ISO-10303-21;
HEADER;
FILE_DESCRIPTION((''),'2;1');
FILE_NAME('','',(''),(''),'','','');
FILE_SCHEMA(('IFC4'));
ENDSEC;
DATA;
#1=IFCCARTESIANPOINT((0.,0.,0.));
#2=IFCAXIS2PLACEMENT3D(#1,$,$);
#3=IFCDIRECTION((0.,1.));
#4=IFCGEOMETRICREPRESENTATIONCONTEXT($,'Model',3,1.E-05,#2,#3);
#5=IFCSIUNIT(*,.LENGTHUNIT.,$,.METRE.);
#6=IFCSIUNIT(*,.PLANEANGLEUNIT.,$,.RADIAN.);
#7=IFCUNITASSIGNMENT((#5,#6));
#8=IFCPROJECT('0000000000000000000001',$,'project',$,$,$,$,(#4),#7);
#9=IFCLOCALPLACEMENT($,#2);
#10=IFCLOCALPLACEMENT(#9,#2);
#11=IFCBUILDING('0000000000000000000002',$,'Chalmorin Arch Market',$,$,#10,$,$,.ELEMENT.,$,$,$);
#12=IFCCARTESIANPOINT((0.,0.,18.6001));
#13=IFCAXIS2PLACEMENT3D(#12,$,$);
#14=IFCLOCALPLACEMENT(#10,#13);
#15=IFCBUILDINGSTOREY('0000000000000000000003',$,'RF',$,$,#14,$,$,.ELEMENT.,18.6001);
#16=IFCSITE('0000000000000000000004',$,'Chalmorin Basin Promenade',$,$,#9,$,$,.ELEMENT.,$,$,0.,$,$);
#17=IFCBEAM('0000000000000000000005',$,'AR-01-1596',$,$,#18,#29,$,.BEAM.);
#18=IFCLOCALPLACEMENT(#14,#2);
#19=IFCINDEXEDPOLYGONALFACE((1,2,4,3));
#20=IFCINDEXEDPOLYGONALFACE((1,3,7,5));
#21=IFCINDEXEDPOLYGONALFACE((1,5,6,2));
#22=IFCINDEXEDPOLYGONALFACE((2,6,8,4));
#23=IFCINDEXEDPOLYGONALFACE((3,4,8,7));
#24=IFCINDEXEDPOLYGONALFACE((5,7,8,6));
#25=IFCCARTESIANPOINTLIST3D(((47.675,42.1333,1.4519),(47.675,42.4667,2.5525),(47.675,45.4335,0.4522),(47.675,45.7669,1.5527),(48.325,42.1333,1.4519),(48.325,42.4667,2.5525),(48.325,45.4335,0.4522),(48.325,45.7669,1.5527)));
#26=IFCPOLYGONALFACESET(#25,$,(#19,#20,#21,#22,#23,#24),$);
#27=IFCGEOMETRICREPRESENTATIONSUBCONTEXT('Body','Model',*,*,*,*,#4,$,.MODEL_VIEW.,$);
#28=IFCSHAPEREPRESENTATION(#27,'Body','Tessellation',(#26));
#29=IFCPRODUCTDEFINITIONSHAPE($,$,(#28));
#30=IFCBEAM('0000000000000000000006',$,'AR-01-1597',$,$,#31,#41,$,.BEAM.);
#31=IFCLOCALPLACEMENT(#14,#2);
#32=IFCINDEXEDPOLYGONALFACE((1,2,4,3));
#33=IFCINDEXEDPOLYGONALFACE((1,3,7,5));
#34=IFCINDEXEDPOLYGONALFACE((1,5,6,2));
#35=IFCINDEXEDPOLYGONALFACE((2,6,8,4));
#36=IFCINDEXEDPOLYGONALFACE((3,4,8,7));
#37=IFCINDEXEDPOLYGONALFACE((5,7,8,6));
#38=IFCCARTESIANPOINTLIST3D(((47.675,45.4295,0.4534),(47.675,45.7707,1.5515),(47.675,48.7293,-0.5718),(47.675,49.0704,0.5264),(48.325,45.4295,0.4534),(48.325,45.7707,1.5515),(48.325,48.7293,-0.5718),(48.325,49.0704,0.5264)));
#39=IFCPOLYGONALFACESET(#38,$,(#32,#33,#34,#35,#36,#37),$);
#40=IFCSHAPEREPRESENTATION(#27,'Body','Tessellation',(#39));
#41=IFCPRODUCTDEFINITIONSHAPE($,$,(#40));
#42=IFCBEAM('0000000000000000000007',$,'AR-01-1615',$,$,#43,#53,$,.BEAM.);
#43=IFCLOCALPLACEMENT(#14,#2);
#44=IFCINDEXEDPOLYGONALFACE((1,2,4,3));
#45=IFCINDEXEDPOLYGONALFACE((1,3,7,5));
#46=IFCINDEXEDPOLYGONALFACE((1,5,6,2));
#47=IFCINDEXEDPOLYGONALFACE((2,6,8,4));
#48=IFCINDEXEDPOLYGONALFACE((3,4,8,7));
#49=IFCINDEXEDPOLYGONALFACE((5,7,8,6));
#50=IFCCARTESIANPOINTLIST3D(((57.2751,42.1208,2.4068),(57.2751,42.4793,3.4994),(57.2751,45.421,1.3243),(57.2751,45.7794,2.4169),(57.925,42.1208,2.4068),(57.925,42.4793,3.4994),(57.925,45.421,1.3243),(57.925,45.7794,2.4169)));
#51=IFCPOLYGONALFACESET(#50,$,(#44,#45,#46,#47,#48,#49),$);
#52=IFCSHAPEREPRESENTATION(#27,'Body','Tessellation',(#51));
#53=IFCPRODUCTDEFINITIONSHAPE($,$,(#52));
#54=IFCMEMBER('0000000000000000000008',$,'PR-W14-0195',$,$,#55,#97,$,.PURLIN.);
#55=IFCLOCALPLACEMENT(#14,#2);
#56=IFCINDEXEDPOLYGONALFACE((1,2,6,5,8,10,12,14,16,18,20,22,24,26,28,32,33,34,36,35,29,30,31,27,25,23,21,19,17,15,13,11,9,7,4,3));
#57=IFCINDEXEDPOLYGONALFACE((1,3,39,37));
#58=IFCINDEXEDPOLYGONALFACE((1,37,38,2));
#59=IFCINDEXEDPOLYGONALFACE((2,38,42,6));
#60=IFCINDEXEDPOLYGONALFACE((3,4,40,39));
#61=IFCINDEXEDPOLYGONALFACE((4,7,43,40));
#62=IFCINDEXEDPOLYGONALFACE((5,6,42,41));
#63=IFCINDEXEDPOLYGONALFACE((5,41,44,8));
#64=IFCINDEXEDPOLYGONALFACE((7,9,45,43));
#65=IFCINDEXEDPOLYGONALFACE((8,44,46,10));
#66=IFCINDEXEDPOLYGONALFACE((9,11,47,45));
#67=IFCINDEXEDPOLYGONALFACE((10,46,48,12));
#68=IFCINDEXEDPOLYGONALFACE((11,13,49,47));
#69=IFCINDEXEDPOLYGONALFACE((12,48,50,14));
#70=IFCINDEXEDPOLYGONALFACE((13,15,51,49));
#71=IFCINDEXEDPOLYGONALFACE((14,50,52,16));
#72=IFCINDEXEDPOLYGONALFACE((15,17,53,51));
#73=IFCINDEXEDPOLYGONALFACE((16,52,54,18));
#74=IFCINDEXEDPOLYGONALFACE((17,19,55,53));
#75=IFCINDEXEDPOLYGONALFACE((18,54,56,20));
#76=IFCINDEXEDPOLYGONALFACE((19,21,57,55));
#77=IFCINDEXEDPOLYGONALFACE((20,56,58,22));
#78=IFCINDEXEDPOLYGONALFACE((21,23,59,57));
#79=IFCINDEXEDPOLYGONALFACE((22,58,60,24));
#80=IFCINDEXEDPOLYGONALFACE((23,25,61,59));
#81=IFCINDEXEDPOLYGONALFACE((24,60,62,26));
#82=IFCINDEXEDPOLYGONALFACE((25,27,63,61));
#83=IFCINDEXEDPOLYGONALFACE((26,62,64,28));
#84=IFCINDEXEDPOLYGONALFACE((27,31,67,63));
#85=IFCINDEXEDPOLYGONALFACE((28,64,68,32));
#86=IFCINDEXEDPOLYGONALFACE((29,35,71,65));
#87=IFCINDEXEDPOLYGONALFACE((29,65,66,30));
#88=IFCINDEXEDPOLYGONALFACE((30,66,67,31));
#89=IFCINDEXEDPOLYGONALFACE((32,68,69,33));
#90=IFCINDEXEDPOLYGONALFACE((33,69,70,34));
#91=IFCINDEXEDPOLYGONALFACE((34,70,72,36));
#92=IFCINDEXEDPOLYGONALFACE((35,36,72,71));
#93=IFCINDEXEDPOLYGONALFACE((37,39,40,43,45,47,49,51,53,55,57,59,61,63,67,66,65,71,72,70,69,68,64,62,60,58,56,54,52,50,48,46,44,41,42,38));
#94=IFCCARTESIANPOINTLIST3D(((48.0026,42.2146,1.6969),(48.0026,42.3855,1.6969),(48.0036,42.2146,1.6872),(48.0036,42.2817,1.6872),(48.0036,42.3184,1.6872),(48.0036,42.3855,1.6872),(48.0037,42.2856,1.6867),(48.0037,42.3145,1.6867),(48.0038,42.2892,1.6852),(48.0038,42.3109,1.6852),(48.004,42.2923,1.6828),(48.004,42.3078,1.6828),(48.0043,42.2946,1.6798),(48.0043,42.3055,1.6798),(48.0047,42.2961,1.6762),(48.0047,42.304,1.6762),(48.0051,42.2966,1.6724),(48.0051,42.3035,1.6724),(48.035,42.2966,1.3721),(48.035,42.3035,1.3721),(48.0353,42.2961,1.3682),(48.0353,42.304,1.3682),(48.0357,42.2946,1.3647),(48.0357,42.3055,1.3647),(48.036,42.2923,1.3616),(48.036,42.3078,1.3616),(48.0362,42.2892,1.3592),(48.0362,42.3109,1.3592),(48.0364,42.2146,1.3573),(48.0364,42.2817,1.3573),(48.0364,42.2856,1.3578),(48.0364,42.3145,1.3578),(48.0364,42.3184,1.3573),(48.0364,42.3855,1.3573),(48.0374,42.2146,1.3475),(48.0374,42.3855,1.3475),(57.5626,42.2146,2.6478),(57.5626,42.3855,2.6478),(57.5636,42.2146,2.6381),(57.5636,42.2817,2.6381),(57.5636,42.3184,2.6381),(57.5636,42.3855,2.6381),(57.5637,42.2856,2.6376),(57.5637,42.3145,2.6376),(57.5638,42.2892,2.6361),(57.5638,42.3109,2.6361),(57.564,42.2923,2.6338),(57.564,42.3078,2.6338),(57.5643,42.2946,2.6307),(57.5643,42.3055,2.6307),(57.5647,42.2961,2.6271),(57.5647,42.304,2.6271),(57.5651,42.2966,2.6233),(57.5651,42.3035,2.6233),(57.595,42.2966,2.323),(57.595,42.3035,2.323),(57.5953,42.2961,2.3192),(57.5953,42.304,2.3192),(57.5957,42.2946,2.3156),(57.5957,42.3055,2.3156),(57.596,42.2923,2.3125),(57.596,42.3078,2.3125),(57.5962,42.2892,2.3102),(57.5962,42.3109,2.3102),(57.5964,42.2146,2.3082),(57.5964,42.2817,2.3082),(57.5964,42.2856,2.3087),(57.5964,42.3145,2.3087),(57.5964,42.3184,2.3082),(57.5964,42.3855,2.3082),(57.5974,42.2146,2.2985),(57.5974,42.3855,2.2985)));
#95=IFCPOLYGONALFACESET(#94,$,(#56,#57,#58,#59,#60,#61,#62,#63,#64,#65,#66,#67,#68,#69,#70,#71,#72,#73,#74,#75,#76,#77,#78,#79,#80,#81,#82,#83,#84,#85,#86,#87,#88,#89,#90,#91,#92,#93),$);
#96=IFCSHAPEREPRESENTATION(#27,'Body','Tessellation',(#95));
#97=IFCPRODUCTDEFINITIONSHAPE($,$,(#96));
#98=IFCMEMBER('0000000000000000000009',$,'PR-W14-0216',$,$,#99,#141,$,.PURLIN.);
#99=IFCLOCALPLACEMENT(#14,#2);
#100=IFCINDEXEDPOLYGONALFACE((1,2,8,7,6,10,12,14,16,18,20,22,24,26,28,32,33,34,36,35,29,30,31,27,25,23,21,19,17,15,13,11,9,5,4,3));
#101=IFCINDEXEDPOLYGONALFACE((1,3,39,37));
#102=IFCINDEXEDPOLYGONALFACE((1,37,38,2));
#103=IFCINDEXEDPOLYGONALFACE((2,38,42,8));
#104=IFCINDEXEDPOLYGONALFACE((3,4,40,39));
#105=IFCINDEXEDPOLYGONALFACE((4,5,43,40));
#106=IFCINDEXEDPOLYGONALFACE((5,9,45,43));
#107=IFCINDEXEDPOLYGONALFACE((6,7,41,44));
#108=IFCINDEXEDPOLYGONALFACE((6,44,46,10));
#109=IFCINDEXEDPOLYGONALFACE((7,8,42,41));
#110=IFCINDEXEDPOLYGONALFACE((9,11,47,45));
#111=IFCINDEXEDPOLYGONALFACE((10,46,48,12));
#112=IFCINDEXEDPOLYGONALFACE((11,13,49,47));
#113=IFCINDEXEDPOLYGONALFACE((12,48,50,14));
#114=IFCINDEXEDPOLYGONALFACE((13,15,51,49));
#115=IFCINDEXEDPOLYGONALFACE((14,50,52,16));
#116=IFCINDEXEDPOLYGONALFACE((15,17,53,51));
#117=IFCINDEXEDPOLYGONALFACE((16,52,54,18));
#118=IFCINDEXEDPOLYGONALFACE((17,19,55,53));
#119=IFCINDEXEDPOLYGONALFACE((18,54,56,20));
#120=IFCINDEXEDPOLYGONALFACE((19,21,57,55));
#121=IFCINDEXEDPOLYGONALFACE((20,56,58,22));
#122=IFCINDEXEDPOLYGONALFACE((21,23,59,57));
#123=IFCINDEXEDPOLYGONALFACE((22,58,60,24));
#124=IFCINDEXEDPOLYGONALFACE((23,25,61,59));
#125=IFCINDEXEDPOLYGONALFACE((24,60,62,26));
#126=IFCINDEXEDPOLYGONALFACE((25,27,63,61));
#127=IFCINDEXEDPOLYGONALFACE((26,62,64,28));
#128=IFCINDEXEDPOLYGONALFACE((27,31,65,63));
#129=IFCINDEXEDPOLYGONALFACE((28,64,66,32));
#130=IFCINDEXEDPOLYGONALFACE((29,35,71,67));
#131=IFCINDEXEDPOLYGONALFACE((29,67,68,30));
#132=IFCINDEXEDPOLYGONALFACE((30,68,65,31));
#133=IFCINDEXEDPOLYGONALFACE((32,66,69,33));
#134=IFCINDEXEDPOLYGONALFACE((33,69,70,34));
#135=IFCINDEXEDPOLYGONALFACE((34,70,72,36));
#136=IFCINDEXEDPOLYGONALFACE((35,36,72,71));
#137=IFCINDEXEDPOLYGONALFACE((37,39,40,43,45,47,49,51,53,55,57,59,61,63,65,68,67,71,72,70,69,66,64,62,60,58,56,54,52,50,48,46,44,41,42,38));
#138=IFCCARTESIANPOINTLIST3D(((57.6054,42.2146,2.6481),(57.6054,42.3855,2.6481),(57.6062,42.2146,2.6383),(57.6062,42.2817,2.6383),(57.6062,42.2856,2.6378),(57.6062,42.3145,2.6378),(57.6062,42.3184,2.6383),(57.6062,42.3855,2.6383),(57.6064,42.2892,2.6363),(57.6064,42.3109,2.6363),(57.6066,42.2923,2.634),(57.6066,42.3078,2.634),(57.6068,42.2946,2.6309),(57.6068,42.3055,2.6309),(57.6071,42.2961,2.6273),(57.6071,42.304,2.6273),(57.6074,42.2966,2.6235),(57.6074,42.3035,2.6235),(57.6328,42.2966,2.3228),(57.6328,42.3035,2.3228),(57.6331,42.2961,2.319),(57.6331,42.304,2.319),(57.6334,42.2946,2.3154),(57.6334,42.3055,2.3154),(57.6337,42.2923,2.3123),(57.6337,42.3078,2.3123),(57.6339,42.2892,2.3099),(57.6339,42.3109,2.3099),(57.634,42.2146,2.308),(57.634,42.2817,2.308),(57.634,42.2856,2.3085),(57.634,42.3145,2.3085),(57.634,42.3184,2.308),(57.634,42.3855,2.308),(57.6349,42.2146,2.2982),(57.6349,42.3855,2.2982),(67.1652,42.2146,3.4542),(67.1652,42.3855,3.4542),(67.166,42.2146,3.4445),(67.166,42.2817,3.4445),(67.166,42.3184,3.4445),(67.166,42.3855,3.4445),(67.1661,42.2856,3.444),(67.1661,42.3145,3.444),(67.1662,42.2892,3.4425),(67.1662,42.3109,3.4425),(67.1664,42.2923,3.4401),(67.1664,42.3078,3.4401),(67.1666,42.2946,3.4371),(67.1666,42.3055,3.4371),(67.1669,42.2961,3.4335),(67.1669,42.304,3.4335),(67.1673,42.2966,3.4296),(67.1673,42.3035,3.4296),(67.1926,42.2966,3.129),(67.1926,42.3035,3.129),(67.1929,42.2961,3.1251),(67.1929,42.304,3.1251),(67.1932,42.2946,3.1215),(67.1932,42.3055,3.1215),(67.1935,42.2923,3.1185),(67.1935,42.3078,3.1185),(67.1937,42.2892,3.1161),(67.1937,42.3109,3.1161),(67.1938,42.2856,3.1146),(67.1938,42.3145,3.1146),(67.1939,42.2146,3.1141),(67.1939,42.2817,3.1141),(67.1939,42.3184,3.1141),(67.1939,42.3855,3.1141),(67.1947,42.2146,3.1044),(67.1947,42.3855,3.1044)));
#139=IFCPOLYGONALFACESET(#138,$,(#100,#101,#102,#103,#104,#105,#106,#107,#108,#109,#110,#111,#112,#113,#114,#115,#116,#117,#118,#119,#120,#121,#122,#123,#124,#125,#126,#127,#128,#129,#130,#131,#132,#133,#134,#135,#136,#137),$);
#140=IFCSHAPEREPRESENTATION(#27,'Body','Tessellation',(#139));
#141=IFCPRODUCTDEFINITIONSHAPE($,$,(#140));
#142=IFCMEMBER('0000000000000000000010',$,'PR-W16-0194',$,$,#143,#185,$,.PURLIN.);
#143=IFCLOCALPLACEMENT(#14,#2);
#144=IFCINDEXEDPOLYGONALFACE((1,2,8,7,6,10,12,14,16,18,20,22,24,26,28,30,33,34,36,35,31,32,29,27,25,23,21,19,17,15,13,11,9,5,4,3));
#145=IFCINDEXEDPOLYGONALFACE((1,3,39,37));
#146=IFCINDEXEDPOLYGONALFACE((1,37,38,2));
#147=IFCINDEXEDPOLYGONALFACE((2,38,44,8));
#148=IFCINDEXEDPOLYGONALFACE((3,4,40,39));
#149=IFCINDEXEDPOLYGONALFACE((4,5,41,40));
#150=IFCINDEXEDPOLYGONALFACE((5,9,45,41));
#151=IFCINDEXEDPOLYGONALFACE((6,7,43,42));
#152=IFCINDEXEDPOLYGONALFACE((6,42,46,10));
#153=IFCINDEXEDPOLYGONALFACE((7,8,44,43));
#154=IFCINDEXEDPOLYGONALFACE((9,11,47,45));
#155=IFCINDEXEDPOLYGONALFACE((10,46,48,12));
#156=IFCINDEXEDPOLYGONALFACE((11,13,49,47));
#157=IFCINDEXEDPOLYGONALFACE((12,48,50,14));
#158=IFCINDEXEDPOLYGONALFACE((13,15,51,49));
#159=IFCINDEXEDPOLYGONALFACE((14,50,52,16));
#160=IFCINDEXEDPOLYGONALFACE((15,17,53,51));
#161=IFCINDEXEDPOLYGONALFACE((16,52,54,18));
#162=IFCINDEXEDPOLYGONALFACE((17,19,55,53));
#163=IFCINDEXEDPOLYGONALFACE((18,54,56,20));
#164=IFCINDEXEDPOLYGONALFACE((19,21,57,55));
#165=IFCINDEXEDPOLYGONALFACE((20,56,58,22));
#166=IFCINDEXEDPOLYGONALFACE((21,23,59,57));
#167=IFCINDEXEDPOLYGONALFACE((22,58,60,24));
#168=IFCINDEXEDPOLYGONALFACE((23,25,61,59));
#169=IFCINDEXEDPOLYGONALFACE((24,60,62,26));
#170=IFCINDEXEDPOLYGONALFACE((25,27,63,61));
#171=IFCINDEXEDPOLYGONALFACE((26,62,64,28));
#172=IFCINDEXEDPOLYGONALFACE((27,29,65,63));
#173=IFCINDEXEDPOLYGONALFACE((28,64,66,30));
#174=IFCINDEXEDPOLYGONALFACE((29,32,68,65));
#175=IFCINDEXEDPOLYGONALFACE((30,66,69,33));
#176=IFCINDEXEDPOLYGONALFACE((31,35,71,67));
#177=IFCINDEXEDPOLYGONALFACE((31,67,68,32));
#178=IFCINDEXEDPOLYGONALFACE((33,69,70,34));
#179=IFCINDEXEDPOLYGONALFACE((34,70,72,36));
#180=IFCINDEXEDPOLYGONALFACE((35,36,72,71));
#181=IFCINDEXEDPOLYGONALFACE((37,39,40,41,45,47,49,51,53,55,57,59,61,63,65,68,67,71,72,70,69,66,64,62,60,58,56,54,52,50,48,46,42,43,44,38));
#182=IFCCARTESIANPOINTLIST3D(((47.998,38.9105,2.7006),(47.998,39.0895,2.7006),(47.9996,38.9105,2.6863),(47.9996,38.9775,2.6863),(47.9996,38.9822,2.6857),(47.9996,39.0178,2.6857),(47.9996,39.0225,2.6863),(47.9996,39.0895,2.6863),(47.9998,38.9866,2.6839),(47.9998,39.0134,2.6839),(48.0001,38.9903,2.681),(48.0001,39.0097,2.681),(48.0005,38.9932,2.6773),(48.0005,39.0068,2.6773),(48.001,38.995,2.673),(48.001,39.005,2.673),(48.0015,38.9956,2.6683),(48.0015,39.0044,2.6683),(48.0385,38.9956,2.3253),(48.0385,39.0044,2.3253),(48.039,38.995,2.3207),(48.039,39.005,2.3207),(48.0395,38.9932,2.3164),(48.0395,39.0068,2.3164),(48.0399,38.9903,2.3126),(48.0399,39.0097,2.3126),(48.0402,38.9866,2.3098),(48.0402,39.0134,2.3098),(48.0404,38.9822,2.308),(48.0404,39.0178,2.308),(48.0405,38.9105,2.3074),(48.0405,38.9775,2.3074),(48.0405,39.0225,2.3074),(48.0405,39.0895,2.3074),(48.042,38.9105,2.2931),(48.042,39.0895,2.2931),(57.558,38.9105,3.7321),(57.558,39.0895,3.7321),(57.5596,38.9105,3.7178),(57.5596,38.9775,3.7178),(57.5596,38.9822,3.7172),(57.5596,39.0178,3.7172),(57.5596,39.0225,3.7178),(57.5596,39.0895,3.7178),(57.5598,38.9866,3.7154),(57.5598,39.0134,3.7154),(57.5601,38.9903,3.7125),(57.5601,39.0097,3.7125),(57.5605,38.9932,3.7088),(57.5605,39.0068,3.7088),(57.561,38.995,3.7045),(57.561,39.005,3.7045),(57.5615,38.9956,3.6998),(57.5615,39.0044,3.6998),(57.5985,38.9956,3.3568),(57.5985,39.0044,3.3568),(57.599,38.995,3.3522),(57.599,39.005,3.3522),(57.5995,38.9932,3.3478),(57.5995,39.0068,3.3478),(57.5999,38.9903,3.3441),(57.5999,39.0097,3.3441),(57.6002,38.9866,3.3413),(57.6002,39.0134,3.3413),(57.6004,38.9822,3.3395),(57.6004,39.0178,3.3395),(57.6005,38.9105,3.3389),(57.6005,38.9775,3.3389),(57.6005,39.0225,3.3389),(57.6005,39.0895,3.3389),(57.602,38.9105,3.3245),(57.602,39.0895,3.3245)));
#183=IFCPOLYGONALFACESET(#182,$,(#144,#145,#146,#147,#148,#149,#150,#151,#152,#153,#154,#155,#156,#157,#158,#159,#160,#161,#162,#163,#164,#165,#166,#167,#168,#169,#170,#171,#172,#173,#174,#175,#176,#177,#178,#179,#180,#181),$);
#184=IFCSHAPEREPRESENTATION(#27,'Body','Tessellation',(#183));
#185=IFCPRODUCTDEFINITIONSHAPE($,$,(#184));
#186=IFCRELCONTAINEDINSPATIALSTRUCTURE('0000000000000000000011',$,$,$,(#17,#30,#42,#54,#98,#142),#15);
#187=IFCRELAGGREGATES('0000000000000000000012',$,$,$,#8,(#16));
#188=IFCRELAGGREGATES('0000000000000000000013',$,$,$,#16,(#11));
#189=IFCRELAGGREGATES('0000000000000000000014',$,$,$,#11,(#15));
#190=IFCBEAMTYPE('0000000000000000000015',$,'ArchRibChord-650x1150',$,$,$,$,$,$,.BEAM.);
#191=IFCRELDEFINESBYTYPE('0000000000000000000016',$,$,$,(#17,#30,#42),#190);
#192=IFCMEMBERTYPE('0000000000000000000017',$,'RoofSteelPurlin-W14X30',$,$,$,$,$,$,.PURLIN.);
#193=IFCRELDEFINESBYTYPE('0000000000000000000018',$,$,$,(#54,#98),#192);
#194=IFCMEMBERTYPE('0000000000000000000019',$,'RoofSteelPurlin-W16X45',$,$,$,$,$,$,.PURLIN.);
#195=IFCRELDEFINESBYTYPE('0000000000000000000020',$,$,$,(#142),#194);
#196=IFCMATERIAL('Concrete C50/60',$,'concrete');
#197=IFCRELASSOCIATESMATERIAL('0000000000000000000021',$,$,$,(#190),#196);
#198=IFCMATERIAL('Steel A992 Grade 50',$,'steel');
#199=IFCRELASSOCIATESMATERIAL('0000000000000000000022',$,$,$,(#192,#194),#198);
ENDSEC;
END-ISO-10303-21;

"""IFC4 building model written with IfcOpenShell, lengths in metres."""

from ifc_helpers import new_model, si_unit, direction, frame, origin, origin_2d, place, context, subcontext, project, spatial, rectangle, i_section, extrude, material, material_profile, profile_set, type_object, element, save


model = new_model("IFC4")

# Units and contexts
model_context = context("Model", 3, precision=1e-05, world=origin(), true_north=direction((0.0, 1.0)))
body_context = subcontext(model_context, "Body", "Model", "MODEL_VIEW")
ifc_project = project(units=[si_unit("LENGTHUNIT", "METRE"), si_unit("PLANEANGLEUNIT", "RADIAN")], contexts=[model_context])

# Site, building, storey
site_placement = place(None, origin())
site = spatial("IfcSite", under=ifc_project, at=site_placement, Name="Chalmorin Basin Promenade", CompositionType="ELEMENT", RefElevation=0.0)
building_placement = place(site_placement, origin())
building = spatial("IfcBuilding", under=site, at=building_placement, Name="Chalmorin Arch Market", CompositionType="ELEMENT")
storey_placement = place(building_placement, frame((0.0, 0.0, 18.6001)))
storey = spatial("IfcBuildingStorey", under=building, at=storey_placement, Name="RF", CompositionType="ELEMENT", Elevation=18.6001)

# Beams
ifc_material_1 = material(Name="Concrete C50/60", Category="concrete")
ifc_material_profile_1 = material_profile(ifc_material_1, rectangle(XDim=0.6499, YDim=1.1499, at=origin_2d()), Name="RC650X1150")
ifc_profile_set_1 = profile_set([ifc_material_profile_1], Name="Concrete C50/60")
beam_type = type_object("IfcBeamType", Name="ArchRibChord-650x1150", PredefinedType="BEAM", material=ifc_profile_set_1)
beam_1_placement = place(storey_placement, frame((48.0, 42.3, 2.0022), z_axis=(0.0, 0.957045, -0.289939), x_axis=(-1.0, 0.0, 0.0)))
element("IfcBeam", 1, at=beam_1_placement, inside=storey, type_object=beam_type, Name="AR-01-1596", PredefinedType="BEAM", context=body_context, shape_type="SweptSolid", body=[
    extrude(rectangle(XDim=0.6499, YDim=1.1499, at=origin_2d()), origin(), (0.0, 0.0, 1.0), 3.4482),
])
beam_2_placement = place(storey_placement, frame((48.0, 45.6001, 1.0024), z_axis=(0.0, 0.954977, -0.296681), x_axis=(-1.0, 0.0, 0.0)))
element("IfcBeam", 2, at=beam_2_placement, inside=storey, type_object=beam_type, Name="AR-01-1597", PredefinedType="BEAM", context=body_context, shape_type="SweptSolid", body=[
    extrude(rectangle(XDim=0.6499, YDim=1.1499, at=origin_2d()), origin(), (0.0, 0.0, 1.0), 3.4553),
])
beam_3_placement = place(storey_placement, frame((57.6001, 42.3, 2.9531), z_axis=(0.0, 0.950184, -0.31169), x_axis=(-1.0, 0.0, 0.0)))
element("IfcBeam", 3, at=beam_3_placement, inside=storey, type_object=beam_type, Name="AR-01-1615", PredefinedType="BEAM", context=body_context, shape_type="SweptSolid", body=[
    extrude(rectangle(XDim=0.6499, YDim=1.1499, at=origin_2d()), origin(), (0.0, 0.0, 1.0), 3.4731),
])

# Members
ifc_material_2 = material(Name="Steel A992 Grade 50", Category="steel")
ifc_material_profile_2 = material_profile(ifc_material_2, i_section(OverallWidth=0.1709, OverallDepth=0.3511, WebThickness=0.0068, FlangeThickness=0.0098, FilletRadius=0.0149, at=origin_2d()), Name="W14X30")
ifc_profile_set_2 = profile_set([ifc_material_profile_2], Name="Steel A992 Grade 50")
member_type_1 = type_object("IfcMemberType", Name="RoofSteelPurlin-W14X30", PredefinedType="PURLIN", material=ifc_profile_set_2)
member_1_placement = place(storey_placement, frame((48.02, 42.3, 1.5222), z_axis=(0.995089, 0.0, 0.09898), x_axis=(0.0, 1.0, 0.0)))
element("IfcMember", 4, at=member_1_placement, inside=storey, type_object=member_type_1, Name="PR-W14-0195", PredefinedType="PURLIN", context=body_context, shape_type="SweptSolid", body=[
    extrude(i_section(OverallWidth=0.1709, OverallDepth=0.3511, WebThickness=0.0068, FlangeThickness=0.0098, FilletRadius=0.0149, at=origin_2d()), origin(), (0.0, 0.0, 1.0), 9.6072),
])
member_2_placement = place(storey_placement, frame((57.6201, 42.3, 2.4731), z_axis=(0.996463, 0.0, 0.084029), x_axis=(0.0, 1.0, 0.0)))
element("IfcMember", 5, at=member_2_placement, inside=storey, type_object=member_type_1, Name="PR-W14-0216", PredefinedType="PURLIN", context=body_context, shape_type="SweptSolid", body=[
    extrude(i_section(OverallWidth=0.1709, OverallDepth=0.3511, WebThickness=0.0068, FlangeThickness=0.0098, FilletRadius=0.0149, at=origin_2d()), origin(), (0.0, 0.0, 1.0), 9.5938),
])
ifc_material_profile_3 = material_profile(ifc_material_2, i_section(OverallWidth=0.179, OverallDepth=0.4099, WebThickness=0.0088, FlangeThickness=0.0144, FilletRadius=0.0181, at=origin_2d()), Name="W16X45")
ifc_profile_set_3 = profile_set([ifc_material_profile_3], Name="Steel A992 Grade 50")
member_type_2 = type_object("IfcMemberType", Name="RoofSteelPurlin-W16X45", PredefinedType="PURLIN", material=ifc_profile_set_3)
member_3_placement = place(storey_placement, frame((48.02, 39.0, 2.4968), z_axis=(0.99423, 0.0, 0.107274), x_axis=(0.0, 1.0, 0.0)))
element("IfcMember", 6, at=member_3_placement, inside=storey, type_object=member_type_2, Name="PR-W16-0194", PredefinedType="PURLIN", context=body_context, shape_type="SweptSolid", body=[
    extrude(i_section(OverallWidth=0.179, OverallDepth=0.4099, WebThickness=0.0088, FlangeThickness=0.0144, FilletRadius=0.0181, at=origin_2d()), origin(), (0.0, 0.0, 1.0), 9.6155),
])

save(model, "model.ifc")
